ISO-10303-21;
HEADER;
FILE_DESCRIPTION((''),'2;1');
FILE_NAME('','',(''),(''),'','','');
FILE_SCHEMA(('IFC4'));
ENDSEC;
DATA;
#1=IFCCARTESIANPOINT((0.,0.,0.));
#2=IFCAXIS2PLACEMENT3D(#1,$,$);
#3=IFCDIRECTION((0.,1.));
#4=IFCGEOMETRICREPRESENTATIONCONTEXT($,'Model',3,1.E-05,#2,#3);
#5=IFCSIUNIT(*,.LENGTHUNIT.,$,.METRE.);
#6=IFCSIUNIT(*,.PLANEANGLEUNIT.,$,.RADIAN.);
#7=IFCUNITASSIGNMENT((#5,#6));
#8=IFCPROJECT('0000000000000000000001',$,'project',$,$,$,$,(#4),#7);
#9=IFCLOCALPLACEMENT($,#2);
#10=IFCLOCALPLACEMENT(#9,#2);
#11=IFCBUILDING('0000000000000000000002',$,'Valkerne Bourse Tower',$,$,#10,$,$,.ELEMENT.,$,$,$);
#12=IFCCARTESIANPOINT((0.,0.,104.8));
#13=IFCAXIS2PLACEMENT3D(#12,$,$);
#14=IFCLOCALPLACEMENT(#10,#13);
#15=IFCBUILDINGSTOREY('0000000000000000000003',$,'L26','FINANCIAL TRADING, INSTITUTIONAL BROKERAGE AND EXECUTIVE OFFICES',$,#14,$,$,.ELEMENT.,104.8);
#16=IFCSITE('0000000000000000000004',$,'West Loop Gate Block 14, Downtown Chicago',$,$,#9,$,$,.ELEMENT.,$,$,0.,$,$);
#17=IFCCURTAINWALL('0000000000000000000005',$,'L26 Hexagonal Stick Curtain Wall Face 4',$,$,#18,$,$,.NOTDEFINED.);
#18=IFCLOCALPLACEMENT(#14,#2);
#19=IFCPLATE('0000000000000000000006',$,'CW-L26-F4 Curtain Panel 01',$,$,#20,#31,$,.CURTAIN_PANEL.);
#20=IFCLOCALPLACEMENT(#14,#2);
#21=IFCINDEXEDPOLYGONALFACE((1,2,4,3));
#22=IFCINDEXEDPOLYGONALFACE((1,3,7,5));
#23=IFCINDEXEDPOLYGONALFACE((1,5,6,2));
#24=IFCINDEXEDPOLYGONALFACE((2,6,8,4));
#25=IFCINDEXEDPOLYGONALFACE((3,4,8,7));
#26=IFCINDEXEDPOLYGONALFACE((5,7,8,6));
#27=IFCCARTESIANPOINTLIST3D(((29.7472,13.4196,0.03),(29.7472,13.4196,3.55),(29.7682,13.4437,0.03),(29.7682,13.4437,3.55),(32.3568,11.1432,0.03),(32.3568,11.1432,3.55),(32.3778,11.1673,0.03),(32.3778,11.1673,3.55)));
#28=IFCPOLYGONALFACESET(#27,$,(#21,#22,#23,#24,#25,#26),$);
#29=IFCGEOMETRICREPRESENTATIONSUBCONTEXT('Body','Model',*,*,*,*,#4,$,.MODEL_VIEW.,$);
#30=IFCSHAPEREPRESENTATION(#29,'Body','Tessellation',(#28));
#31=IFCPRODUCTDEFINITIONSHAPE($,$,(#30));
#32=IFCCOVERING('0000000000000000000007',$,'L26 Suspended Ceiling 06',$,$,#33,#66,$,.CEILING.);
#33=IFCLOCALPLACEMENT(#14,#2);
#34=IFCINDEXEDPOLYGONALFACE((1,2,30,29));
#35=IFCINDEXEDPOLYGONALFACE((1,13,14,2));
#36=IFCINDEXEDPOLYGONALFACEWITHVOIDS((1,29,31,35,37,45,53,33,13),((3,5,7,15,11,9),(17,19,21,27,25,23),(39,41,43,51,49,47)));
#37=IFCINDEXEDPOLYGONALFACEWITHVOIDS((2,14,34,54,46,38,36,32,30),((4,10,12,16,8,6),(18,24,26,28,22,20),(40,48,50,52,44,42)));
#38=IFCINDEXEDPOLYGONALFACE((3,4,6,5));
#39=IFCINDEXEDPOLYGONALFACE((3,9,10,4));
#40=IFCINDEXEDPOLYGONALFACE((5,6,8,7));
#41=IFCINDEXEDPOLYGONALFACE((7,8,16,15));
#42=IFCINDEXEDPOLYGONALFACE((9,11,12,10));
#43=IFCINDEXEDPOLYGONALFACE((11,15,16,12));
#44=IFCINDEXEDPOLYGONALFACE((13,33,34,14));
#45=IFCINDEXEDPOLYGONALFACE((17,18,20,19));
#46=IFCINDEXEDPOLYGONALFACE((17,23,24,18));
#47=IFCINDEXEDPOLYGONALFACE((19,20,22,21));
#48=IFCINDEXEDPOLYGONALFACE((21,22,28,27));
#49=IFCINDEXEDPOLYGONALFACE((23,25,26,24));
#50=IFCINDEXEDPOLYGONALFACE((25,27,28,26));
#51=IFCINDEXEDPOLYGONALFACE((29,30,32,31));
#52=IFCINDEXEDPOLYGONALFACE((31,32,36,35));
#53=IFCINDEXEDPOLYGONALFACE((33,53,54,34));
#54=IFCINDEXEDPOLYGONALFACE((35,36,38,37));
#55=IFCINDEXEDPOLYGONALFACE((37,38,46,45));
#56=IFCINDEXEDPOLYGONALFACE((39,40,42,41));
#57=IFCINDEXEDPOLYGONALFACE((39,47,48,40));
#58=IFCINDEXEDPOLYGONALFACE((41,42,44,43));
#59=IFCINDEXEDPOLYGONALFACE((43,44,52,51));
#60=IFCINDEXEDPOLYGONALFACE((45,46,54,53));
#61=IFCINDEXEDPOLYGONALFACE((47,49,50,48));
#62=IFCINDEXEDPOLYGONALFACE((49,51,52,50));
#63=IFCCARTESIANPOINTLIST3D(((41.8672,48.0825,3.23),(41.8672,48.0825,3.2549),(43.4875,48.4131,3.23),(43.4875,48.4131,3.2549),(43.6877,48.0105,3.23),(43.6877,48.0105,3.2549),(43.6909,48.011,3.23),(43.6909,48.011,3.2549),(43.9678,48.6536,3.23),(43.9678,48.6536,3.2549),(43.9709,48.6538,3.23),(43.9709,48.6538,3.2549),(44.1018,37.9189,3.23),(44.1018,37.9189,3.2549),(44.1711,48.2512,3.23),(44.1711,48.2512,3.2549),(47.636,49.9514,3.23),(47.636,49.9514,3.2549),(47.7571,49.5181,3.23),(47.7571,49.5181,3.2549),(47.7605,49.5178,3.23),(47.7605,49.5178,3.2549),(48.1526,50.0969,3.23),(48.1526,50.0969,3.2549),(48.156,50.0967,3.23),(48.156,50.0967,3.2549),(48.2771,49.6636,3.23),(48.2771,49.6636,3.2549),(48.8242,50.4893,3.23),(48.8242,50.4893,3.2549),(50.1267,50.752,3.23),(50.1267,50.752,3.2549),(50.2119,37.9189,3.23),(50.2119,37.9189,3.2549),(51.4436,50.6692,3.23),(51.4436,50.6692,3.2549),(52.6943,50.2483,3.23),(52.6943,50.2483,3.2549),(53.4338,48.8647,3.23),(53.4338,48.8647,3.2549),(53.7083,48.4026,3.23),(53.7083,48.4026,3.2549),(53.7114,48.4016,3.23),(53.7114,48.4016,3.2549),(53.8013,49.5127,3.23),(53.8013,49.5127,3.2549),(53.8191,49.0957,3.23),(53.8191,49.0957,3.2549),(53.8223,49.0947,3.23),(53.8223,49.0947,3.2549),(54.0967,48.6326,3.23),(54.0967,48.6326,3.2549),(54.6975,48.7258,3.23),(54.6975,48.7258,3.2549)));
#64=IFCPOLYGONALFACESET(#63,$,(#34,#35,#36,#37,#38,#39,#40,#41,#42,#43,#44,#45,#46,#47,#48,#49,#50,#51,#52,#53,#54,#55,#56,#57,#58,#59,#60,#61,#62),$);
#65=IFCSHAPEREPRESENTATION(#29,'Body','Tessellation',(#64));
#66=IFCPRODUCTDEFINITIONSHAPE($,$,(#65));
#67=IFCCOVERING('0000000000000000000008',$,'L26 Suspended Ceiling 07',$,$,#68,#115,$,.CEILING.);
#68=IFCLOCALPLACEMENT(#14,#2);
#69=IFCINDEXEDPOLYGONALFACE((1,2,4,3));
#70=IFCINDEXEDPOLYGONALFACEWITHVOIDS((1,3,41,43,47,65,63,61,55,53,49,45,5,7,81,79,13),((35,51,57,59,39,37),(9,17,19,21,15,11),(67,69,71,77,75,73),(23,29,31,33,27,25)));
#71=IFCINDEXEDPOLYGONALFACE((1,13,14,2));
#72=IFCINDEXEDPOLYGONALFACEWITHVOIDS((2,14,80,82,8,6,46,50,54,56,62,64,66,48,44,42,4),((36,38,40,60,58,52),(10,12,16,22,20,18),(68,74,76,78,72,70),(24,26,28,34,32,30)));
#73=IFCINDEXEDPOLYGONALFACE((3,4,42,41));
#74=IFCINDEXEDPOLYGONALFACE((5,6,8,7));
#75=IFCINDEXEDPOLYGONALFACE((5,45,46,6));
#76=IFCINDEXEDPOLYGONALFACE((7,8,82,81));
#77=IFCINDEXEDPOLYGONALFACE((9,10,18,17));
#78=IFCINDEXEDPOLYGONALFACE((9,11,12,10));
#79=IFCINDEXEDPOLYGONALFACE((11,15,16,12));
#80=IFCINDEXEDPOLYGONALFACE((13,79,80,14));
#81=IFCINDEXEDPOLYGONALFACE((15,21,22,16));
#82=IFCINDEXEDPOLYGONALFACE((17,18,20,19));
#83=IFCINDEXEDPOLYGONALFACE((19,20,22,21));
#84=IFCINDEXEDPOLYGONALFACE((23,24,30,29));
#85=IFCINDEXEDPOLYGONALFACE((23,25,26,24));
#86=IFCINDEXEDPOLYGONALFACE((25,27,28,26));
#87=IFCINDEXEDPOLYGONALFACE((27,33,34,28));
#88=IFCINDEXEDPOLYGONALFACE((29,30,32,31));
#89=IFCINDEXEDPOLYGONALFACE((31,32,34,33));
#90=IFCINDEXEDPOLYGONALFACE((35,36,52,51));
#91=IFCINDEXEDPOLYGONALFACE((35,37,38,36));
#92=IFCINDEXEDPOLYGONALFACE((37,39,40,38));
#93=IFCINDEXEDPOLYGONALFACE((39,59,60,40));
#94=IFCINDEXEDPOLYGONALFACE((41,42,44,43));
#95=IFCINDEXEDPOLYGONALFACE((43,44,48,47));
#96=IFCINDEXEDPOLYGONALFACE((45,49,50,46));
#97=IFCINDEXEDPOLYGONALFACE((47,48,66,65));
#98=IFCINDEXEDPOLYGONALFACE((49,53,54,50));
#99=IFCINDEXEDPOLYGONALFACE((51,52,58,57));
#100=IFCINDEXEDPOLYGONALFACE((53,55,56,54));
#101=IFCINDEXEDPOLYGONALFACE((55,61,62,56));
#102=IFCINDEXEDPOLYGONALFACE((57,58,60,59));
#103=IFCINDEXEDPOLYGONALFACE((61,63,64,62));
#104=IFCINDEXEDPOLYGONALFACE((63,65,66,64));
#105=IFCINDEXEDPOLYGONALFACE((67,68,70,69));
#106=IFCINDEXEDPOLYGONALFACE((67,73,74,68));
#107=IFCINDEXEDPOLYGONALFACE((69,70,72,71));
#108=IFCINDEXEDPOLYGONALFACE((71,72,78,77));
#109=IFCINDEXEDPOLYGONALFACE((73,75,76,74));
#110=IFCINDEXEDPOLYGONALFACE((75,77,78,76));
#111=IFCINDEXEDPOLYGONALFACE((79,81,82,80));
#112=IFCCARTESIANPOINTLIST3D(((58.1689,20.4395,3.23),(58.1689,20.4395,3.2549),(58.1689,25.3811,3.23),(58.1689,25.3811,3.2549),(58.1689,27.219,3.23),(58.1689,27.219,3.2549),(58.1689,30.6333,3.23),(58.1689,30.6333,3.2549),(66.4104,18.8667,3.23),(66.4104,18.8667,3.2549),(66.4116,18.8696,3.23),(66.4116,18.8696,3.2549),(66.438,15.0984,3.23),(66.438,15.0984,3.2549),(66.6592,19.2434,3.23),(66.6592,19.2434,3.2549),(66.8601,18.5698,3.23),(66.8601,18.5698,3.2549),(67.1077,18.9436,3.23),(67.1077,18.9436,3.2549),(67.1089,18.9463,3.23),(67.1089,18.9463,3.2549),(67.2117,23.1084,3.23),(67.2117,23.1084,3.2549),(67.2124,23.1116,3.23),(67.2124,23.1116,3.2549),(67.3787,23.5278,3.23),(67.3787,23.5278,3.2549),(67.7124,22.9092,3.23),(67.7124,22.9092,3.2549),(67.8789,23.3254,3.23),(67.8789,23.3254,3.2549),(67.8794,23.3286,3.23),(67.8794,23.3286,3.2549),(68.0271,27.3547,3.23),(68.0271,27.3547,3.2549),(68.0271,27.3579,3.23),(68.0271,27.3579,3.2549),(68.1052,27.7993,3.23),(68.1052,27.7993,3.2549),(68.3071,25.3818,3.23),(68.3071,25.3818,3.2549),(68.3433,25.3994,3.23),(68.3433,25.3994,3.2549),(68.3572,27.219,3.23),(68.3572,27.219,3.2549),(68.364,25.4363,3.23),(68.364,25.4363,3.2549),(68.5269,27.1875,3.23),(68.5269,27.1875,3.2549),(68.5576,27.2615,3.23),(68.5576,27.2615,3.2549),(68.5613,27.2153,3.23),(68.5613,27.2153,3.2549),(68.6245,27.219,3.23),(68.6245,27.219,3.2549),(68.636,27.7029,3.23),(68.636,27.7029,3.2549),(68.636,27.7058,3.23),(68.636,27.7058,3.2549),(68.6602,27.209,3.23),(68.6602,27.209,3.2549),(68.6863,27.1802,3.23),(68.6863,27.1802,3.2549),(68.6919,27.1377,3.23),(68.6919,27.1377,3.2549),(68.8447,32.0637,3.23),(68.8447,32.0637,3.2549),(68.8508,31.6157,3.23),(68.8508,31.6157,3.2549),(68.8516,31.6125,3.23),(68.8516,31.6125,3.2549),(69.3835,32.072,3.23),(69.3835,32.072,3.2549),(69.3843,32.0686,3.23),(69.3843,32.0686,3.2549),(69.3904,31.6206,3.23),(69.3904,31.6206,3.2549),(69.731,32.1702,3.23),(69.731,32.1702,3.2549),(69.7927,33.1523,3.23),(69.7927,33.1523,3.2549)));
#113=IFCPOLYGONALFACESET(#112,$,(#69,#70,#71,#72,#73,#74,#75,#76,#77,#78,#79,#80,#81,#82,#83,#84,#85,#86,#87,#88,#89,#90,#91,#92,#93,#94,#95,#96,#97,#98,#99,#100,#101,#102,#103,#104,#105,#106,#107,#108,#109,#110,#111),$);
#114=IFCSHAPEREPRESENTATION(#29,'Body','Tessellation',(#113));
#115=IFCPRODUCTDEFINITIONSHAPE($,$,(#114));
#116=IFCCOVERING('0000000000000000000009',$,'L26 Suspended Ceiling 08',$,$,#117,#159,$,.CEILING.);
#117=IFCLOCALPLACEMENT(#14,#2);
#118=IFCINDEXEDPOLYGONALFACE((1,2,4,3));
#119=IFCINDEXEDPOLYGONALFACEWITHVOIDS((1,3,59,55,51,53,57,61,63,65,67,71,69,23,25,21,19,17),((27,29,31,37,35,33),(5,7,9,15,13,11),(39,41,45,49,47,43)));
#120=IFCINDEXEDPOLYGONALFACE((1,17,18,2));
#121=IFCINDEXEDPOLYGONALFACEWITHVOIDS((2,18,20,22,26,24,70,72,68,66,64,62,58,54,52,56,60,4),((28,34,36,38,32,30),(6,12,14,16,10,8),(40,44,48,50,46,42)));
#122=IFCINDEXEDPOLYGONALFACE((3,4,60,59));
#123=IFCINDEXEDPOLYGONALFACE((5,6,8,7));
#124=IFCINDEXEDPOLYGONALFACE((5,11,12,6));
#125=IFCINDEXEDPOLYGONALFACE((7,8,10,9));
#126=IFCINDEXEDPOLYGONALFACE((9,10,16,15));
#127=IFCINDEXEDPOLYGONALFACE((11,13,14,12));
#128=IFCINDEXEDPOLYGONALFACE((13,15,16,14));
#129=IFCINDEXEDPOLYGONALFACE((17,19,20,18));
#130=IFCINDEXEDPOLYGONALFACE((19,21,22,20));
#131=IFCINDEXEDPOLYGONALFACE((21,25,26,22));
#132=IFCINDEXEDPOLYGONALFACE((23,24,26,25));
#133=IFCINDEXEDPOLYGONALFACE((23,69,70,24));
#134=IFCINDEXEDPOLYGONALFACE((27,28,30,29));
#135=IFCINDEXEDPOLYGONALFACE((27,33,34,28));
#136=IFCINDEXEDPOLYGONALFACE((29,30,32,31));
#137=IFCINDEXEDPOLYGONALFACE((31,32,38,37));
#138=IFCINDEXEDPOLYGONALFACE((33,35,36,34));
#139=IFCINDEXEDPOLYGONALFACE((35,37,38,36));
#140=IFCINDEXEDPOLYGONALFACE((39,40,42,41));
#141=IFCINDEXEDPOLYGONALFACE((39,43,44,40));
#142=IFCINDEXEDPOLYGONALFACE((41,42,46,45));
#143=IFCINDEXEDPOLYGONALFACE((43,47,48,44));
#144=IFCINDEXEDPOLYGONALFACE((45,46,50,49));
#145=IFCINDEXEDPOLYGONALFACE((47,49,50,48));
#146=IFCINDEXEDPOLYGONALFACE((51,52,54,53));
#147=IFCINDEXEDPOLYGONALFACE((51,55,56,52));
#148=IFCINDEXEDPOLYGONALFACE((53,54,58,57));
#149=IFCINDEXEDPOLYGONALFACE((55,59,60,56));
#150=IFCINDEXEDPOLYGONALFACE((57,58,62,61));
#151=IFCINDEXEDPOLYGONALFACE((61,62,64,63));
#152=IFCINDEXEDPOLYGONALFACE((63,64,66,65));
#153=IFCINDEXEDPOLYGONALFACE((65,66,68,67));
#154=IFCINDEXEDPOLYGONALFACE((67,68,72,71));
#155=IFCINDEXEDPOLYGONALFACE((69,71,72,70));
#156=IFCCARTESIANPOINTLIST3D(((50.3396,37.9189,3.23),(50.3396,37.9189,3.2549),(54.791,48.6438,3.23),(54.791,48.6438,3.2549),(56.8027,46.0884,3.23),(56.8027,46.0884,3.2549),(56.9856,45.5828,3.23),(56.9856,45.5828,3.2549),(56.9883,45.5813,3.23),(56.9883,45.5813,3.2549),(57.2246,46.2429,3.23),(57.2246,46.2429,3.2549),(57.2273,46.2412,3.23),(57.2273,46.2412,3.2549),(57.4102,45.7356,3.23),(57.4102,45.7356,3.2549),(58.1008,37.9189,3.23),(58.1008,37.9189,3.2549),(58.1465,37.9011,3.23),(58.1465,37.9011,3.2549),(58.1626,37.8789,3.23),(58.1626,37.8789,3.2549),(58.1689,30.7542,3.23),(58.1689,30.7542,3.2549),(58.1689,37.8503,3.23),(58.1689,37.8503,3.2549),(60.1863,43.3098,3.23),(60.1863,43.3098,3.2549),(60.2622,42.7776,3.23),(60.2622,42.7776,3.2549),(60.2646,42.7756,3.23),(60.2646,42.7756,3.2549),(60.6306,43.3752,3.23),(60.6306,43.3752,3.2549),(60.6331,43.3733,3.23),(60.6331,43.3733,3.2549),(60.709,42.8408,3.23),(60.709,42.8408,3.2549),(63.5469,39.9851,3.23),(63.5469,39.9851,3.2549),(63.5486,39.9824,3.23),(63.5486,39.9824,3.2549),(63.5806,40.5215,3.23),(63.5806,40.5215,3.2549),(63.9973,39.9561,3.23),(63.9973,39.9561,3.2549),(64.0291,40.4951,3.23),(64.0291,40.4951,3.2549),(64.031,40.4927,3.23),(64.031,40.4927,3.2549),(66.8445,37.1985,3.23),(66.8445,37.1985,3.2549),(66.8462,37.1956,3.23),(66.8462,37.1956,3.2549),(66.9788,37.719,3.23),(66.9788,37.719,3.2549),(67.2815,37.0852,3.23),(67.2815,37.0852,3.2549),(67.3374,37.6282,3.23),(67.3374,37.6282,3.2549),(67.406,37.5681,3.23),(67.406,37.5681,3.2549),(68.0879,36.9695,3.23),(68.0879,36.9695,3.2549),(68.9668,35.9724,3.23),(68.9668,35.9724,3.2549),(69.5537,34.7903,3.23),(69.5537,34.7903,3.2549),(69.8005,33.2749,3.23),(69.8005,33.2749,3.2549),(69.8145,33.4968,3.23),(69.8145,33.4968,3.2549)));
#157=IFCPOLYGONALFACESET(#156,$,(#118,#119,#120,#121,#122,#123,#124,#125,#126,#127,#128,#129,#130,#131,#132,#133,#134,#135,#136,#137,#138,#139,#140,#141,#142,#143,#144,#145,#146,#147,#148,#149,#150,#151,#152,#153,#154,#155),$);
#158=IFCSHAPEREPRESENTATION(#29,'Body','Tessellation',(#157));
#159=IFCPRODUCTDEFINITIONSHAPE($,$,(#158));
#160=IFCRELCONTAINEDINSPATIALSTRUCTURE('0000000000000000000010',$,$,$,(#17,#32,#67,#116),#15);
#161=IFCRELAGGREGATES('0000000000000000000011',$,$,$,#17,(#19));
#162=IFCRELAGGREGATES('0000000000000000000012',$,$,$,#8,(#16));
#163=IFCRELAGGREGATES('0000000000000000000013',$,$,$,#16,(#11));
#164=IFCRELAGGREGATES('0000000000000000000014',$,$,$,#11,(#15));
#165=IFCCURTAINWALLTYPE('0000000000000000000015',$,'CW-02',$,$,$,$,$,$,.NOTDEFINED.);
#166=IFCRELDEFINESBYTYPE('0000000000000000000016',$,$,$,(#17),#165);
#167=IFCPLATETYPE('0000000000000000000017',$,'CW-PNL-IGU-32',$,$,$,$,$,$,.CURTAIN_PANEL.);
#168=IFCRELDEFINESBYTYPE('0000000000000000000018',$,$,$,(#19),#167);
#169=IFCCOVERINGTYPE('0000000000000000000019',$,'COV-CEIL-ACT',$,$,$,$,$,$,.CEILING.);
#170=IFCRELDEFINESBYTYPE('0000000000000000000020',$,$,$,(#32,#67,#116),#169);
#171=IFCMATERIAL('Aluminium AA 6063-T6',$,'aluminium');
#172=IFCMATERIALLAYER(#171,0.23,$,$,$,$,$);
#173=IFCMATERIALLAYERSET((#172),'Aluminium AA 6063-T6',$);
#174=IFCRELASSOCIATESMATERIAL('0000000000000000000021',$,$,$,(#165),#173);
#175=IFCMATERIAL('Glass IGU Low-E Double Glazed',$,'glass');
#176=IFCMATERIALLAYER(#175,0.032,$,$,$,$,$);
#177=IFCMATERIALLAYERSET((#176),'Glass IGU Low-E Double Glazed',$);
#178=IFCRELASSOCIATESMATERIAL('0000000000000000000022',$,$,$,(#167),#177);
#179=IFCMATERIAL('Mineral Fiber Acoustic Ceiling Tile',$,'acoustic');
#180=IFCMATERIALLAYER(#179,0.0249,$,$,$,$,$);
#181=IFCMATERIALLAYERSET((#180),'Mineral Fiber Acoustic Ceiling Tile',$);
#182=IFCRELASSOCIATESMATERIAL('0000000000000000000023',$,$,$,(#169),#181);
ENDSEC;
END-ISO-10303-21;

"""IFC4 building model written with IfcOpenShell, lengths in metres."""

from ifc_helpers import new_model, si_unit, direction, frame, origin, origin_2d, place, context, subcontext, project, spatial, polyline, rectangle, outline, extrude, material, layer, layer_set, type_object, element, aggregate, save


model = new_model("IFC4")

# Units and contexts
model_context = context("Model", 3, precision=1e-05, world=origin(), true_north=direction((0.0, 1.0)))
body_context = subcontext(model_context, "Body", "Model", "MODEL_VIEW")
ifc_project = project(units=[si_unit("LENGTHUNIT", "METRE"), si_unit("PLANEANGLEUNIT", "RADIAN")], contexts=[model_context])

# Site, building, storey
site_placement = place(None, origin())
site = spatial("IfcSite", under=ifc_project, at=site_placement, Name="West Loop Gate Block 14, Downtown Chicago", CompositionType="ELEMENT", RefElevation=0.0)
building_placement = place(site_placement, origin())
building = spatial("IfcBuilding", under=site, at=building_placement, Name="Valkerne Bourse Tower", CompositionType="ELEMENT")
storey_placement = place(building_placement, frame((0.0, 0.0, 104.8)))
storey = spatial("IfcBuildingStorey", under=building, at=storey_placement, Name="L26", Description="FINANCIAL TRADING, INSTITUTIONAL BROKERAGE AND EXECUTIVE OFFICES", CompositionType="ELEMENT", Elevation=104.8)

# Curtain wall
ifc_material_1 = material(Name="Aluminium AA 6063-T6", Category="aluminium")
ifc_layer_1 = layer(ifc_material_1, 0.23)
ifc_layer_set_1 = layer_set([ifc_layer_1], Name="Aluminium AA 6063-T6")
curtain_wall_type = type_object("IfcCurtainWallType", Name="CW-02", PredefinedType="NOTDEFINED", material=ifc_layer_set_1)
curtain_wall_placement = place(storey_placement, origin())
curtain_wall = element("IfcCurtainWall", 1, at=curtain_wall_placement, inside=storey, type_object=curtain_wall_type, Name="L26 Hexagonal Stick Curtain Wall Face 4", PredefinedType="NOTDEFINED")

# Plate
ifc_material_2 = material(Name="Glass IGU Low-E Double Glazed", Category="glass")
ifc_layer_2 = layer(ifc_material_2, 0.032)
ifc_layer_set_2 = layer_set([ifc_layer_2], Name="Glass IGU Low-E Double Glazed")
plate_type = type_object("IfcPlateType", Name="CW-PNL-IGU-32", PredefinedType="CURTAIN_PANEL", material=ifc_layer_set_2)
plate_1_placement = place(storey_placement, frame((31.0625, 12.2935, 0.03), z_axis=(0.0, 0.0, 1.0), x_axis=(0.753575, -0.657362, 0.0)))
plate_1 = element("IfcPlate", 2, at=plate_1_placement, type_object=plate_type, Name="CW-L26-F4 Curtain Panel 01", PredefinedType="CURTAIN_PANEL", context=body_context, shape_type="SweptSolid", body=[
    extrude(rectangle(XDim=3.4629, YDim=0.032, at=origin_2d()), origin(), (0.0, 0.0, 1.0), 3.52),
])
aggregate(curtain_wall, [plate_1])

# Coverings
ifc_material_3 = material(Name="Mineral Fiber Acoustic Ceiling Tile", Category="acoustic")
ifc_layer_3 = layer(ifc_material_3, 0.0249)
ifc_layer_set_3 = layer_set([ifc_layer_3], Name="Mineral Fiber Acoustic Ceiling Tile")
covering_type_1 = type_object("IfcCoveringType", Name="COV-CEIL-ACT", PredefinedType="CEILING", material=ifc_layer_set_3)
covering_1_placement = place(storey_placement, frame((0.0, 0.0, 3.23)))
element("IfcCovering", 3, at=covering_1_placement, inside=storey, type_object=covering_type_1, Name="L26 Suspended Ceiling 06", PredefinedType="CEILING", context=body_context, shape_type="SweptSolid", body=[
    extrude(outline(polyline([(51.4436, 50.6692), (52.6943, 50.2483), (53.8013, 49.5127), (54.6975, 48.7258), (50.2119, 37.9189), (44.1018, 37.9189), (41.8672, 48.0825), (48.8242, 50.4893), (50.1267, 50.752), (51.4436, 50.6692)]), holes=[polyline([(44.1711, 48.2512), (43.9709, 48.6538), (43.9678, 48.6536), (43.4875, 48.4131), (43.6877, 48.0105), (43.6909, 48.011), (44.1711, 48.2512)]), polyline([(53.8223, 49.0947), (53.8191, 49.0957), (53.4338, 48.8647), (53.7083, 48.4026), (53.7114, 48.4016), (54.0967, 48.6326), (53.8223, 49.0947)]), polyline([(48.156, 50.0967), (48.1526, 50.0969), (47.636, 49.9514), (47.7571, 49.5181), (47.7605, 49.5178), (48.2771, 49.6636), (48.156, 50.0967)])]), origin(), (0.0, 0.0, 1.0), 0.0249),
])
covering_2_placement = place(storey_placement, frame((0.0, 0.0, 3.23)))
element("IfcCovering", 4, at=covering_2_placement, inside=storey, type_object=covering_type_1, Name="L26 Suspended Ceiling 07", PredefinedType="CEILING", context=body_context, shape_type="SweptSolid", body=[
    extrude(outline(polyline([(58.1689, 20.4395), (58.1689, 25.3811), (68.3071, 25.3818), (68.3433, 25.3994), (68.364, 25.4363), (68.6919, 27.1377), (68.6863, 27.1802), (68.6602, 27.209), (68.6245, 27.219), (68.5613, 27.2153), (68.5269, 27.1875), (68.3572, 27.219), (58.1689, 27.219), (58.1689, 30.6333), (69.7927, 33.1523), (69.731, 32.1702), (66.438, 15.0984), (58.1689, 20.4395)]), holes=[polyline([(67.1089, 18.9463), (66.6592, 19.2434), (66.4116, 18.8696), (66.4104, 18.8667), (66.8601, 18.5698), (67.1077, 18.9436), (67.1089, 18.9463)]), polyline([(67.8794, 23.3286), (67.3787, 23.5278), (67.2124, 23.1116), (67.2117, 23.1084), (67.7124, 22.9092), (67.8789, 23.3254), (67.8794, 23.3286)]), polyline([(68.636, 27.7029), (68.636, 27.7058), (68.1052, 27.7993), (68.0271, 27.3579), (68.0271, 27.3547), (68.5576, 27.2615), (68.636, 27.7029)]), polyline([(69.3843, 32.0686), (69.3835, 32.072), (68.8447, 32.0637), (68.8508, 31.6157), (68.8516, 31.6125), (69.3904, 31.6206), (69.3843, 32.0686)])]), origin(), (0.0, 0.0, 1.0), 0.0249),
])
covering_3_placement = place(storey_placement, frame((0.0, 0.0, 3.23)))
element("IfcCovering", 5, at=covering_3_placement, inside=storey, type_object=covering_type_1, Name="L26 Suspended Ceiling 08", PredefinedType="CEILING", context=body_context, shape_type="SweptSolid", body=[
    extrude(outline(polyline([(69.5537, 34.7903), (69.8145, 33.4968), (69.8005, 33.2749), (58.1689, 30.7542), (58.1689, 37.8503), (58.1626, 37.8789), (58.1465, 37.9011), (58.1008, 37.9189), (50.3396, 37.9189), (54.791, 48.6438), (67.3374, 37.6282), (66.9788, 37.719), (66.8445, 37.1985), (66.8462, 37.1956), (67.2815, 37.0852), (67.406, 37.5681), (68.0879, 36.9695), (68.9668, 35.9724), (69.5537, 34.7903)]), holes=[polyline([(64.031, 40.4927), (64.0291, 40.4951), (63.5806, 40.5215), (63.5469, 39.9851), (63.5486, 39.9824), (63.9973, 39.9561), (64.031, 40.4927)]), polyline([(60.6331, 43.3733), (60.6306, 43.3752), (60.1863, 43.3098), (60.2622, 42.7776), (60.2646, 42.7756), (60.709, 42.8408), (60.6331, 43.3733)]), polyline([(57.4102, 45.7356), (57.2273, 46.2412), (57.2246, 46.2429), (56.8027, 46.0884), (56.9856, 45.5828), (56.9883, 45.5813), (57.4102, 45.7356)])]), origin(), (0.0, 0.0, 1.0), 0.0249),
])

save(model, "model.ifc")
